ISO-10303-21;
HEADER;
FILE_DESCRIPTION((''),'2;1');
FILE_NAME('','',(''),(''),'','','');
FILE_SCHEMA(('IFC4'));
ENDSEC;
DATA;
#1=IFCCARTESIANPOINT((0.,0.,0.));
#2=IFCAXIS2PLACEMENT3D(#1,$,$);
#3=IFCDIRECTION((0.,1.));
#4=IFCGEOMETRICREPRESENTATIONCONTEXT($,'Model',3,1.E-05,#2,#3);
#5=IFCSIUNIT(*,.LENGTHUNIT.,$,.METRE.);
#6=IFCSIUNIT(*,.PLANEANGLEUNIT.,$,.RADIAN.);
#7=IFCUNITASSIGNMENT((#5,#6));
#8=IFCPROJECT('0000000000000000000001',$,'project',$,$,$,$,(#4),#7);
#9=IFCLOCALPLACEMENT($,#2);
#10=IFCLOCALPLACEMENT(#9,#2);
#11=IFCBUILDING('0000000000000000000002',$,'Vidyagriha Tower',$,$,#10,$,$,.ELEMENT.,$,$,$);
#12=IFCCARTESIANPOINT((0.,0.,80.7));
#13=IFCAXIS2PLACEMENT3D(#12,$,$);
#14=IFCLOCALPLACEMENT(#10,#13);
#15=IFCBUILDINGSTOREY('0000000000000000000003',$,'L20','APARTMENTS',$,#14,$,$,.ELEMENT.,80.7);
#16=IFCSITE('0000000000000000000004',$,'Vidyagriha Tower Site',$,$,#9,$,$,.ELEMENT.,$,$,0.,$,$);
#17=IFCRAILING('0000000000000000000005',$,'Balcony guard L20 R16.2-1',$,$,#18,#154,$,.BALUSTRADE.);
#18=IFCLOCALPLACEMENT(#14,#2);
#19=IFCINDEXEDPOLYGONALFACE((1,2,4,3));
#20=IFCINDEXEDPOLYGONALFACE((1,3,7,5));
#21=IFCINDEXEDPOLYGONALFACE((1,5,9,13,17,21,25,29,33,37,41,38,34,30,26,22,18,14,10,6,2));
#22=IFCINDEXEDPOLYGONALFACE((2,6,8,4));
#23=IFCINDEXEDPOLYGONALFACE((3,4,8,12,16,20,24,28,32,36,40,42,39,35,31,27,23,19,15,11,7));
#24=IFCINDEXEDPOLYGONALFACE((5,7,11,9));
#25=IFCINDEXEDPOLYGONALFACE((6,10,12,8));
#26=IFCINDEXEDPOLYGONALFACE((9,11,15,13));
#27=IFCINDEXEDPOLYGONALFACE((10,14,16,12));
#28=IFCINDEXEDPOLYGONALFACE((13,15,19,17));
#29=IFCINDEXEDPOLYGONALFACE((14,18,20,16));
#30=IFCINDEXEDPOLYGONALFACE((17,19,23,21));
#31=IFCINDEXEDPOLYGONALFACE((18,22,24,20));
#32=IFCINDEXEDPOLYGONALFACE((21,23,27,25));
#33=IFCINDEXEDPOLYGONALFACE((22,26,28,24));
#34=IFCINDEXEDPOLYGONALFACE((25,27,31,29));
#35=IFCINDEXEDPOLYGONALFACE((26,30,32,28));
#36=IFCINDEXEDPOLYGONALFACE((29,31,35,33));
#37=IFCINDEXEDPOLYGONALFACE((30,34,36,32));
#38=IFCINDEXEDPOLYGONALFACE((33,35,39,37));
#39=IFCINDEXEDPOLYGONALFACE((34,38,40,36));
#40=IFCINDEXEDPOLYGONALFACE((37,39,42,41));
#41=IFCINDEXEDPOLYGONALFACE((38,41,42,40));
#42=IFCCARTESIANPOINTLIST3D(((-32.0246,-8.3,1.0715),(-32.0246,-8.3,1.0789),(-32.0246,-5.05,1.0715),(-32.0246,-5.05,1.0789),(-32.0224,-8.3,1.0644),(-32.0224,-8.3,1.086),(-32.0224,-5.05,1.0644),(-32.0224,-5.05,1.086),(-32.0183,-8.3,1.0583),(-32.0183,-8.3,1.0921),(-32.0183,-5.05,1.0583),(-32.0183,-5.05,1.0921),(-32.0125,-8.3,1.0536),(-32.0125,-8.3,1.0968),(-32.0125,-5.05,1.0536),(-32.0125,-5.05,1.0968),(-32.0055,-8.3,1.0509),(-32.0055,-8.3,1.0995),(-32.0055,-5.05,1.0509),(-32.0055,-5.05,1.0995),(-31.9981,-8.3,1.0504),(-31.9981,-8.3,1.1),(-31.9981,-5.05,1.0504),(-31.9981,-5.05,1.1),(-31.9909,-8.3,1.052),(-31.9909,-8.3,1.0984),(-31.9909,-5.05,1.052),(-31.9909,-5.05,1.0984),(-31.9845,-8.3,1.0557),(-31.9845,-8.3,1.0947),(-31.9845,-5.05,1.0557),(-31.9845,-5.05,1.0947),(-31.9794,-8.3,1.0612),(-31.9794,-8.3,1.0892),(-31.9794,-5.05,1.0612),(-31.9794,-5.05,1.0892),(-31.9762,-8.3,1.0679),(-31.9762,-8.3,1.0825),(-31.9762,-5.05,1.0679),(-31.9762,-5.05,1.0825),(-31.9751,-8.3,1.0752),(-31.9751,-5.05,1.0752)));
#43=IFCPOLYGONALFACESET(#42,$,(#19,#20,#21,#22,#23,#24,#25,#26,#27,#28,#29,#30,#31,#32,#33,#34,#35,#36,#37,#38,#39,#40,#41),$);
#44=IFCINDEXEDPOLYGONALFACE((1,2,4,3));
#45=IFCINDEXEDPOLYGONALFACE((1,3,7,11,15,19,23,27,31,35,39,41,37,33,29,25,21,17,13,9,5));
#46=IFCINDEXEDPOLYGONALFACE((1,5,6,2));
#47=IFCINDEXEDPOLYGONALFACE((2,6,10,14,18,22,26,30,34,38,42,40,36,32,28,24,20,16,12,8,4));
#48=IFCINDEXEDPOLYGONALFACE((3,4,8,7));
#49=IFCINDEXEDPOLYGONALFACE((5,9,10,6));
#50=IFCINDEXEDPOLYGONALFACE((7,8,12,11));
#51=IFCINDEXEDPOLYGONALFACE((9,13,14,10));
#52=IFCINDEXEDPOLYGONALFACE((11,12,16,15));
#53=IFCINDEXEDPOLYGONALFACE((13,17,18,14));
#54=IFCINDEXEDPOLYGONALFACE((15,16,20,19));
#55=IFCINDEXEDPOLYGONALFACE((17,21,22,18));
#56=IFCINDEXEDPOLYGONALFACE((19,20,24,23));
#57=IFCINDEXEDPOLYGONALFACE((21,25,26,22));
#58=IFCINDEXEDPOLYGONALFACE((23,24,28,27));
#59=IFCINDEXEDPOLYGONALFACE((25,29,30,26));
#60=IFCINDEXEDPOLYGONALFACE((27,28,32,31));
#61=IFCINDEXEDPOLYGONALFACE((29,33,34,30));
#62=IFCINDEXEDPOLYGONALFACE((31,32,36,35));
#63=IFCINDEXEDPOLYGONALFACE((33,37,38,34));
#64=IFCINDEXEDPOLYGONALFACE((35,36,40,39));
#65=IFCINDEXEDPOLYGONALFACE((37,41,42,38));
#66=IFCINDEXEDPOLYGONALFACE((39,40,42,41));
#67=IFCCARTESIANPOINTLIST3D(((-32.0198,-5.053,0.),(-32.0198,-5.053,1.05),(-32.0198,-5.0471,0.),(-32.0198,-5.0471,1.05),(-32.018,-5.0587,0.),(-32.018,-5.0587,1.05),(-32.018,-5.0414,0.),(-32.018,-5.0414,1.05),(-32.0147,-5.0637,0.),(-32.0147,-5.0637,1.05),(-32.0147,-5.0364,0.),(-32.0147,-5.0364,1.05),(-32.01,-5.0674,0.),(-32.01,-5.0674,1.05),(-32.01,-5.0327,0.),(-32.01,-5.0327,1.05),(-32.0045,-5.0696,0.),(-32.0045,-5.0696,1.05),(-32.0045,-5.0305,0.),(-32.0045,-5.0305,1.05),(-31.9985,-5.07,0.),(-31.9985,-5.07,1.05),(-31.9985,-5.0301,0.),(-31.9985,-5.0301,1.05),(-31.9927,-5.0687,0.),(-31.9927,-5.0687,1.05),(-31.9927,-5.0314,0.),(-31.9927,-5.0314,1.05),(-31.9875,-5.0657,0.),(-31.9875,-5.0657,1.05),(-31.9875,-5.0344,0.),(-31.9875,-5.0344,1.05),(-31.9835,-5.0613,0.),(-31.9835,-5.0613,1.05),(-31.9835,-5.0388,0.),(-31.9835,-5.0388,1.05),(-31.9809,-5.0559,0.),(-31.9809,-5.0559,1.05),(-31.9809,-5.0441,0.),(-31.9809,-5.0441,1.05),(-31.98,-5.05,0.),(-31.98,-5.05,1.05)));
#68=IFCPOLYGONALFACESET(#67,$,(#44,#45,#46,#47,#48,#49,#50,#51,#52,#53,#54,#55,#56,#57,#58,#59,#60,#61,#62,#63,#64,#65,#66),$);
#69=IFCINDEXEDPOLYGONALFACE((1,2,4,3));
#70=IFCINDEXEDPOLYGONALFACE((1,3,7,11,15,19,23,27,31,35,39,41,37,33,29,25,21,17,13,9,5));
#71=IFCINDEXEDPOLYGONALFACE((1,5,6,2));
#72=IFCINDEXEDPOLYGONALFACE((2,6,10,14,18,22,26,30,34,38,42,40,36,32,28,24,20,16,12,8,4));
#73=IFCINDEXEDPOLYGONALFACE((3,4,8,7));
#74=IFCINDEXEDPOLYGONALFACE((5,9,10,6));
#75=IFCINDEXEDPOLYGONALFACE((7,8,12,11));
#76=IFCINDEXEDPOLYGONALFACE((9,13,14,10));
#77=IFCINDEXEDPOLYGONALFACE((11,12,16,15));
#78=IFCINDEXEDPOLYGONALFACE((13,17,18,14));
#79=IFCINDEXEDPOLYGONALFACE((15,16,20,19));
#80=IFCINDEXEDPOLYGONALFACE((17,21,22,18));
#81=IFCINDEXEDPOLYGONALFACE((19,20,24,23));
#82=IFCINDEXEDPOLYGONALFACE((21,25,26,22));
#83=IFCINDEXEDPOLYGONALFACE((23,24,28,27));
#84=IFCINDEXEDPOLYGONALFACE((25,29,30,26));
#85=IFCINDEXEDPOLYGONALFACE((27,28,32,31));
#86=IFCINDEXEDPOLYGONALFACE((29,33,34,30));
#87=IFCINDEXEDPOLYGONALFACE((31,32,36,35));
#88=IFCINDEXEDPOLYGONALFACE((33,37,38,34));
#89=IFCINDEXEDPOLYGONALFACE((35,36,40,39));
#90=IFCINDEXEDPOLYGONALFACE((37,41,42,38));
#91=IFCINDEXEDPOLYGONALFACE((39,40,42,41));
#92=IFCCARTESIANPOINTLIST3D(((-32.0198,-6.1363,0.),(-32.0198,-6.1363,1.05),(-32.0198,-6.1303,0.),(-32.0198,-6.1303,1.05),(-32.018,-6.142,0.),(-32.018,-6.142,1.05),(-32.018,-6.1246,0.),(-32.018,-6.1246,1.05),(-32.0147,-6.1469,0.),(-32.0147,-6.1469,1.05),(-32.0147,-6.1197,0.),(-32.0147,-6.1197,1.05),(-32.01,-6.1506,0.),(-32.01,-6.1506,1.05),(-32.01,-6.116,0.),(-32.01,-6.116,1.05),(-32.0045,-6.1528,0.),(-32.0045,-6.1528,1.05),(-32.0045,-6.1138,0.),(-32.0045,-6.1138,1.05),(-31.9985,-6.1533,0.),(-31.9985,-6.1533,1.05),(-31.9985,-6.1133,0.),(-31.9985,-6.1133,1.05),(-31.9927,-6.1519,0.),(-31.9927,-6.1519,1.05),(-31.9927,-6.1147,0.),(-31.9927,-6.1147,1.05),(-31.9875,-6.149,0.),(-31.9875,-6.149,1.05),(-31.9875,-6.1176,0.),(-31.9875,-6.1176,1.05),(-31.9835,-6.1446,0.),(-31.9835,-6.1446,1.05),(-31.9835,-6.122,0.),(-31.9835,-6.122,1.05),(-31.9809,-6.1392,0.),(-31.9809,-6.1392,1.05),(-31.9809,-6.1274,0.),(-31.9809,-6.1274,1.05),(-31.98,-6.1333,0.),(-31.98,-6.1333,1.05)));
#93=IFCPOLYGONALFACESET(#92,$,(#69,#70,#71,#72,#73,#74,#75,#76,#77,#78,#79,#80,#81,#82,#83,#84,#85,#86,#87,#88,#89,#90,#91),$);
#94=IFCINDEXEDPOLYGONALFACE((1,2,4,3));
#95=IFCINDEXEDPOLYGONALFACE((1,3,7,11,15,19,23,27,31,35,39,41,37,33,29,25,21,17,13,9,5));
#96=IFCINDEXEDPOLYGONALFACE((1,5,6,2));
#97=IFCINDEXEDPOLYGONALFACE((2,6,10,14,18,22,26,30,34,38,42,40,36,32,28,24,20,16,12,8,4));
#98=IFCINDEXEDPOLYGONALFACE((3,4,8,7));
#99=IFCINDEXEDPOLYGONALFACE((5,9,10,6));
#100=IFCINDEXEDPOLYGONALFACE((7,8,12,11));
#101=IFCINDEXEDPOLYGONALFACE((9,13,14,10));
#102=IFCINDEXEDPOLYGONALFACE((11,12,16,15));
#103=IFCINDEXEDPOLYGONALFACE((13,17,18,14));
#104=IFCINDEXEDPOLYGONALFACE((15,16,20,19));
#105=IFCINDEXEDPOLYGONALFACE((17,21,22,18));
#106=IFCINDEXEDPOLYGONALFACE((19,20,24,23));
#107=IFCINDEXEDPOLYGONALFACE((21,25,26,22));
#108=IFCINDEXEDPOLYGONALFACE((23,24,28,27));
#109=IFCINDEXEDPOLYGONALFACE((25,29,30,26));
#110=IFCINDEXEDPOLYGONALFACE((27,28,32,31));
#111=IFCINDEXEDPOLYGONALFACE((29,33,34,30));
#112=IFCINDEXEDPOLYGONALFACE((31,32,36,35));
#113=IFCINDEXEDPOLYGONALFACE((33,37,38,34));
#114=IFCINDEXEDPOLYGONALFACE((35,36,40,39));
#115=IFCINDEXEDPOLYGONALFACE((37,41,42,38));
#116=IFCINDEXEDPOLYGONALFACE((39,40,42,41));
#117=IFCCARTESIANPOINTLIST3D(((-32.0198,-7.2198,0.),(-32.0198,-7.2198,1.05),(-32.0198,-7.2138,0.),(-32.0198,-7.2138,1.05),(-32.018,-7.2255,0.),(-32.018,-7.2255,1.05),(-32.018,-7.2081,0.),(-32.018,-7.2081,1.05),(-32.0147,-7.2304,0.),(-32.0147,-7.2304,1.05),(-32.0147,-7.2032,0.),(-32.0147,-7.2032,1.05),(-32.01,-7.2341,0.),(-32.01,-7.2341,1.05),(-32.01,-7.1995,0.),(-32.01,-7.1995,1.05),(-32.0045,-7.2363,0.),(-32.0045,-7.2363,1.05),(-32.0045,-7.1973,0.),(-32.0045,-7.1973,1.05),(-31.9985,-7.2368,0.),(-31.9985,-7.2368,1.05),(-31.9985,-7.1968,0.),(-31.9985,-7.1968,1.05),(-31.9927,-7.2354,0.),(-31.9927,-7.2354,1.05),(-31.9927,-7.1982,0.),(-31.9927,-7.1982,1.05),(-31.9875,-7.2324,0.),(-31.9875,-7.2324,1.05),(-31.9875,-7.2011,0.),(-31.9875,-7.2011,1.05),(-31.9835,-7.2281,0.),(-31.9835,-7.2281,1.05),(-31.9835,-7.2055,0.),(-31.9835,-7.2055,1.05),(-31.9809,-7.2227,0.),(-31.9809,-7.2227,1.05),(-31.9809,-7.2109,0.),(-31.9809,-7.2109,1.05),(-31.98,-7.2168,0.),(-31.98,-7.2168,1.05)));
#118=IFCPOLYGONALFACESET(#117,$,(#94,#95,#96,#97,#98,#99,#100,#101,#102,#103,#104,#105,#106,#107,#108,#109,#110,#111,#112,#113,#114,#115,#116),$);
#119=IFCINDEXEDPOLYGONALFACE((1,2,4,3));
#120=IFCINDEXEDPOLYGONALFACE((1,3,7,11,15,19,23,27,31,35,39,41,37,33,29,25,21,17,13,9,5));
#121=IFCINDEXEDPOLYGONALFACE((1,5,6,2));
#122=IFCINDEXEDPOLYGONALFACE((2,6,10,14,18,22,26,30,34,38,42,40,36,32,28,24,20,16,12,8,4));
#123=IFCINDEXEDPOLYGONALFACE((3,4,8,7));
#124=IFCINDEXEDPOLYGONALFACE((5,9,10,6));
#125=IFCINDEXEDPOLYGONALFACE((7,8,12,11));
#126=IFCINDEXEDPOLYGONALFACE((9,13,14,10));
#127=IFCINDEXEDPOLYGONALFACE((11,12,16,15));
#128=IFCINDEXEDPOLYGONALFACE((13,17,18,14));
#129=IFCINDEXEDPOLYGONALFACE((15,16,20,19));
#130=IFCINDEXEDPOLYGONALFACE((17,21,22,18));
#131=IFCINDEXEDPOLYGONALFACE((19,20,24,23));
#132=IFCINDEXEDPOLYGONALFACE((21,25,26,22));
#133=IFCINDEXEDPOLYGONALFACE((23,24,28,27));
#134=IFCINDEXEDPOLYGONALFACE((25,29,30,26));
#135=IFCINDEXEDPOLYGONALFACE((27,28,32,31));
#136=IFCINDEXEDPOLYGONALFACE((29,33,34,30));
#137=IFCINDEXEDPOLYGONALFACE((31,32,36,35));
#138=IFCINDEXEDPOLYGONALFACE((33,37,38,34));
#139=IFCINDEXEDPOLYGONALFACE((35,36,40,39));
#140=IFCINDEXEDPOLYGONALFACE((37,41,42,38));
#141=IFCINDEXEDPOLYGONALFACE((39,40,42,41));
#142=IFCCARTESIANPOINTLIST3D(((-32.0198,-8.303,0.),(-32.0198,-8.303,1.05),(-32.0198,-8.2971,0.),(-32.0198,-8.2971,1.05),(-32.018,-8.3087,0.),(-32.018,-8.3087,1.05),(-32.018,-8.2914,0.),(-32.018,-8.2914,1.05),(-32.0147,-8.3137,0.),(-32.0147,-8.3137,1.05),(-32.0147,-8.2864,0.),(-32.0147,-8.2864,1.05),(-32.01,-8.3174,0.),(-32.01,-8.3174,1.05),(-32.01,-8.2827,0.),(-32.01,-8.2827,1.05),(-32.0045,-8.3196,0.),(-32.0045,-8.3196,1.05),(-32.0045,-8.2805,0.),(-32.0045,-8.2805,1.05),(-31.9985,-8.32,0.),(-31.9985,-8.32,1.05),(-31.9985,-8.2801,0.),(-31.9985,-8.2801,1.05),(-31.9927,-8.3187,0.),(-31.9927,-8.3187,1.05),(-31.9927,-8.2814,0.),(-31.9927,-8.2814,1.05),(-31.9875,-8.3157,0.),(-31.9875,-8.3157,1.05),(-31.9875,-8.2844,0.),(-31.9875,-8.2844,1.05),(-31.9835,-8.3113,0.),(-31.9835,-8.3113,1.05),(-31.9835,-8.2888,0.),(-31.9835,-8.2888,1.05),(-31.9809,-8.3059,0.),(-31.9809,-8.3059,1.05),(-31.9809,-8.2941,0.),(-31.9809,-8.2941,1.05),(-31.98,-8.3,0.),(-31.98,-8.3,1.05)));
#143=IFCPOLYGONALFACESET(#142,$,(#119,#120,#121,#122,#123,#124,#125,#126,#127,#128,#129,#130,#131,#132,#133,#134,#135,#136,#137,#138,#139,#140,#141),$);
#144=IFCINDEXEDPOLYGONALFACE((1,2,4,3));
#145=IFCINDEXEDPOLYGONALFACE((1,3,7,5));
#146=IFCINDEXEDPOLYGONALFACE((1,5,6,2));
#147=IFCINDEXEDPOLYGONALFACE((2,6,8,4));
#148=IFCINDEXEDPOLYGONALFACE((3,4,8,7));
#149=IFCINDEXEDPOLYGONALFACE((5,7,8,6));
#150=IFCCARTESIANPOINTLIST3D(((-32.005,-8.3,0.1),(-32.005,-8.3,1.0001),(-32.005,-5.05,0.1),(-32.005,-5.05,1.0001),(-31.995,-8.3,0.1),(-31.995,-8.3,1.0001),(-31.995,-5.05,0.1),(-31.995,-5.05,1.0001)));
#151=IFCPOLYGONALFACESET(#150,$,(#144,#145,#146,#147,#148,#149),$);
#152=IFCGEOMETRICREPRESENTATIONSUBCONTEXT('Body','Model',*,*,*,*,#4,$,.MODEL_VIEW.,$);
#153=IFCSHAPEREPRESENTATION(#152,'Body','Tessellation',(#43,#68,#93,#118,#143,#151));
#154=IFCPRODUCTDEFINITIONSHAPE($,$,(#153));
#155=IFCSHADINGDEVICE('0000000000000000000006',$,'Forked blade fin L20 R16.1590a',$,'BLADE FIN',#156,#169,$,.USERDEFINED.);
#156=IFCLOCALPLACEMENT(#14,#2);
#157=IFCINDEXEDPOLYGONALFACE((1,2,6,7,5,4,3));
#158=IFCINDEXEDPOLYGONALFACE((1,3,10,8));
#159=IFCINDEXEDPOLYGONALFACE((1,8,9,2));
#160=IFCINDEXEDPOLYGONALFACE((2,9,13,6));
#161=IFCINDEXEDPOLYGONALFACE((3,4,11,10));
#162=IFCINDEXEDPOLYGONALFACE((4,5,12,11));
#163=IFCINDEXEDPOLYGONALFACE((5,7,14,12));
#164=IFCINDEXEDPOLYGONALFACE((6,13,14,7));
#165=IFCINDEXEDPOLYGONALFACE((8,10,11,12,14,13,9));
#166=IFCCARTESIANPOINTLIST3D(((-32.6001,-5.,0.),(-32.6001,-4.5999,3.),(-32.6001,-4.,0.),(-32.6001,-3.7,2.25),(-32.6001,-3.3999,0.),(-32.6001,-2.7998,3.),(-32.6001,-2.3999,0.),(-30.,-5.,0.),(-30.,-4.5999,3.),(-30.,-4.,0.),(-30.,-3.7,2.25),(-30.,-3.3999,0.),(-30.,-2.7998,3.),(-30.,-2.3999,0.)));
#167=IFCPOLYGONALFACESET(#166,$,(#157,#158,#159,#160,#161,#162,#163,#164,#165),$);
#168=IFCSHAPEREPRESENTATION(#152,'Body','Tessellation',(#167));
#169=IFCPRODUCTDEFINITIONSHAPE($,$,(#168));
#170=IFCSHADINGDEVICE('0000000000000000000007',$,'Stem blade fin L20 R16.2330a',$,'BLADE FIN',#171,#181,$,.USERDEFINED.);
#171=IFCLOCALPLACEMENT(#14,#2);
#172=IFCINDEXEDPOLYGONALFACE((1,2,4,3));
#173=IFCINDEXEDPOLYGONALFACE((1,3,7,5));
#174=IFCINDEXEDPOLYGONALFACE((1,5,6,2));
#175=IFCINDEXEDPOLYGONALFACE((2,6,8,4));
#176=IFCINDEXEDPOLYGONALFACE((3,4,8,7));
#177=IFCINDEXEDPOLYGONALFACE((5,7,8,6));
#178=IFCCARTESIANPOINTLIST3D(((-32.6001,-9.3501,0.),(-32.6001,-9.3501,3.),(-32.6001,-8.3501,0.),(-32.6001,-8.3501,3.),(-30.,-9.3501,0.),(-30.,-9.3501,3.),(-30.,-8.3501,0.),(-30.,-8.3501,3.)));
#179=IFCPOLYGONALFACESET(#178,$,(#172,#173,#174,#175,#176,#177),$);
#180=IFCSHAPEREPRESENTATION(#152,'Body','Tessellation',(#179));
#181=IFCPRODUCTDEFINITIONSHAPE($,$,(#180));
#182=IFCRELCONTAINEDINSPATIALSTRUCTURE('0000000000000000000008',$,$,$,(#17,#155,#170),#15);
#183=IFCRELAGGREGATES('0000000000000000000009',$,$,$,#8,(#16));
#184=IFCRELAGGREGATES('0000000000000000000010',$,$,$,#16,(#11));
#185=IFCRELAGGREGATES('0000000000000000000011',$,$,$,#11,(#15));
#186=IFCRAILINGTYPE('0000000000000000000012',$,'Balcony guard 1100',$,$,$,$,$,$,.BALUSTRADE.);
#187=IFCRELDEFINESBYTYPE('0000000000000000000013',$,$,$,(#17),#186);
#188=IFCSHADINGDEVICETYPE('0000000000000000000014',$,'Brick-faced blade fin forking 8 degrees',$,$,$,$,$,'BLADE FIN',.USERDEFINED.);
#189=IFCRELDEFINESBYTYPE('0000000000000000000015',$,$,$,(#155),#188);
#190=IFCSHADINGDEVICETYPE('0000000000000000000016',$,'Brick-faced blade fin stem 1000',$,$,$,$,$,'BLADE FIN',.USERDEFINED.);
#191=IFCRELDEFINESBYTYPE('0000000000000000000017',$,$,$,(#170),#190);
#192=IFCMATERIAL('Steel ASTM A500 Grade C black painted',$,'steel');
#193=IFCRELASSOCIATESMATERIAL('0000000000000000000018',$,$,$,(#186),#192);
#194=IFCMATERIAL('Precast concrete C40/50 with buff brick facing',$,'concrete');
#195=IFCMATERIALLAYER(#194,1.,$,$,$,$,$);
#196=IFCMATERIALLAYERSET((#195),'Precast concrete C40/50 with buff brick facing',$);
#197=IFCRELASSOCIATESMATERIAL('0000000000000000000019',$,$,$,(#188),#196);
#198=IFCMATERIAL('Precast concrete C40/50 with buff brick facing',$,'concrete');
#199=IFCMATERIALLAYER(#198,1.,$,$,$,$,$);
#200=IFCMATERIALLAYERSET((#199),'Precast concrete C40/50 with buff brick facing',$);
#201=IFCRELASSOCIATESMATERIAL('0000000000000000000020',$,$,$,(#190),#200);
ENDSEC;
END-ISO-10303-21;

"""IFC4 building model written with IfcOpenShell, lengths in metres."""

from ifc_helpers import new_model, si_unit, direction, frame, origin, origin_2d, place, context, subcontext, project, spatial, polyline, rectangle, circle, outline, extrude, material, layer, layer_set, type_object, element, save


model = new_model("IFC4")

# Units and contexts
model_context = context("Model", 3, precision=1e-05, world=origin(), true_north=direction((0.0, 1.0)))
body_context = subcontext(model_context, "Body", "Model", "MODEL_VIEW")
ifc_project = project(units=[si_unit("LENGTHUNIT", "METRE"), si_unit("PLANEANGLEUNIT", "RADIAN")], contexts=[model_context])

# Site, building, storey
site_placement = place(None, origin())
site = spatial("IfcSite", under=ifc_project, at=site_placement, Name="Vidyagriha Tower Site", CompositionType="ELEMENT", RefElevation=0.0)
building_placement = place(site_placement, origin())
building = spatial("IfcBuilding", under=site, at=building_placement, Name="Vidyagriha Tower", CompositionType="ELEMENT")
storey_placement = place(building_placement, frame((0.0, 0.0, 80.7)))
storey = spatial("IfcBuildingStorey", under=building, at=storey_placement, Name="L20", Description="APARTMENTS", CompositionType="ELEMENT", Elevation=80.7)

# Railing
ifc_material_1 = material(Name="Steel ASTM A500 Grade C black painted", Category="steel")
railing_type_1 = type_object("IfcRailingType", Name="Balcony guard 1100", PredefinedType="BALUSTRADE", material=ifc_material_1)
railing_1_placement = place(storey_placement, frame((-32.0, -5.05, 0.0)))
element("IfcRailing", 1, at=railing_1_placement, inside=storey, type_object=railing_type_1, Name="Balcony guard L20 R16.2-1", PredefinedType="BALUSTRADE", context=body_context, shape_type="SweptSolid", body=[
    extrude(circle(Radius=0.0249, at=origin_2d()), frame((0.0, 0.0, 1.0752), z_axis=(0.0, -1.0, 0.0), x_axis=(1.0, 0.0, 0.0)), (0.0, 0.0, 1.0), 3.25),
    extrude(circle(Radius=0.02, at=origin_2d()), origin(), (0.0, 0.0, 1.0), 1.05),
    extrude(circle(Radius=0.02, at=origin_2d()), frame((0.0, -1.0833, 0.0)), (0.0, 0.0, 1.0), 1.05),
    extrude(circle(Radius=0.02, at=origin_2d()), frame((0.0, -2.1667, 0.0)), (0.0, 0.0, 1.0), 1.05),
    extrude(circle(Radius=0.02, at=origin_2d()), frame((0.0, -3.25, 0.0)), (0.0, 0.0, 1.0), 1.05),
    extrude(rectangle(XDim=0.01, YDim=0.9001, at=origin_2d()), frame((0.0, 0.0, 0.55), z_axis=(0.0, -1.0, 0.0), x_axis=(1.0, 0.0, 0.0)), (0.0, 0.0, 1.0), 3.25),
])

# Shading devices
ifc_material_2 = material(Name="Precast concrete C40/50 with buff brick facing", Category="concrete")
ifc_layer_1 = layer(ifc_material_2, 1.0)
ifc_layer_set_1 = layer_set([ifc_layer_1], Name="Precast concrete C40/50 with buff brick facing")
shading_device_type_1 = type_object("IfcShadingDeviceType", Name="Brick-faced blade fin forking 8 degrees", ElementType="BLADE FIN", PredefinedType="USERDEFINED", material=ifc_layer_set_1)
shading_device_1_placement = place(storey_placement, frame((-31.3, -2.3999, 0.0), z_axis=(0.0, 0.0, 1.0), x_axis=(0.0, -1.0, 0.0)))
element("IfcShadingDevice", 2, at=shading_device_1_placement, inside=storey, type_object=shading_device_type_1, Name="Forked blade fin L20 R16.1590a", ObjectType="BLADE FIN", PredefinedType="USERDEFINED", context=body_context, shape_type="SweptSolid", body=[
    extrude(outline(polyline([(1.0, 0.0), (1.3, 2.25), (1.6001, 0.0), (2.6001, 0.0), (2.2, 3.0), (0.3999, 3.0), (0.0, 0.0), (1.0, 0.0)])), frame((0.0, 1.3, 0.0), z_axis=(0.0, -1.0, 0.0), x_axis=(1.0, 0.0, 0.0)), (0.0, 0.0, 1.0), 2.6001),
])
ifc_material_3 = material(Name="Precast concrete C40/50 with buff brick facing", Category="concrete")
ifc_layer_2 = layer(ifc_material_3, 1.0)
ifc_layer_set_2 = layer_set([ifc_layer_2], Name="Precast concrete C40/50 with buff brick facing")
shading_device_type_2 = type_object("IfcShadingDeviceType", Name="Brick-faced blade fin stem 1000", ElementType="BLADE FIN", PredefinedType="USERDEFINED", material=ifc_layer_set_2)
shading_device_2_placement = place(storey_placement, frame((-31.3, -8.3501, 0.0), z_axis=(0.0, 0.0, 1.0), x_axis=(0.0, -1.0, 0.0)))
element("IfcShadingDevice", 3, at=shading_device_2_placement, inside=storey, type_object=shading_device_type_2, Name="Stem blade fin L20 R16.2330a", ObjectType="BLADE FIN", PredefinedType="USERDEFINED", context=body_context, shape_type="SweptSolid", body=[
    extrude(outline(polyline([(0.0, 0.0), (1.0, 0.0), (1.0, 3.0), (0.0, 3.0), (0.0, 0.0)])), frame((0.0, 1.3, 0.0), z_axis=(0.0, -1.0, 0.0), x_axis=(1.0, 0.0, 0.0)), (0.0, 0.0, 1.0), 2.6001),
])

save(model, "model.ifc")
